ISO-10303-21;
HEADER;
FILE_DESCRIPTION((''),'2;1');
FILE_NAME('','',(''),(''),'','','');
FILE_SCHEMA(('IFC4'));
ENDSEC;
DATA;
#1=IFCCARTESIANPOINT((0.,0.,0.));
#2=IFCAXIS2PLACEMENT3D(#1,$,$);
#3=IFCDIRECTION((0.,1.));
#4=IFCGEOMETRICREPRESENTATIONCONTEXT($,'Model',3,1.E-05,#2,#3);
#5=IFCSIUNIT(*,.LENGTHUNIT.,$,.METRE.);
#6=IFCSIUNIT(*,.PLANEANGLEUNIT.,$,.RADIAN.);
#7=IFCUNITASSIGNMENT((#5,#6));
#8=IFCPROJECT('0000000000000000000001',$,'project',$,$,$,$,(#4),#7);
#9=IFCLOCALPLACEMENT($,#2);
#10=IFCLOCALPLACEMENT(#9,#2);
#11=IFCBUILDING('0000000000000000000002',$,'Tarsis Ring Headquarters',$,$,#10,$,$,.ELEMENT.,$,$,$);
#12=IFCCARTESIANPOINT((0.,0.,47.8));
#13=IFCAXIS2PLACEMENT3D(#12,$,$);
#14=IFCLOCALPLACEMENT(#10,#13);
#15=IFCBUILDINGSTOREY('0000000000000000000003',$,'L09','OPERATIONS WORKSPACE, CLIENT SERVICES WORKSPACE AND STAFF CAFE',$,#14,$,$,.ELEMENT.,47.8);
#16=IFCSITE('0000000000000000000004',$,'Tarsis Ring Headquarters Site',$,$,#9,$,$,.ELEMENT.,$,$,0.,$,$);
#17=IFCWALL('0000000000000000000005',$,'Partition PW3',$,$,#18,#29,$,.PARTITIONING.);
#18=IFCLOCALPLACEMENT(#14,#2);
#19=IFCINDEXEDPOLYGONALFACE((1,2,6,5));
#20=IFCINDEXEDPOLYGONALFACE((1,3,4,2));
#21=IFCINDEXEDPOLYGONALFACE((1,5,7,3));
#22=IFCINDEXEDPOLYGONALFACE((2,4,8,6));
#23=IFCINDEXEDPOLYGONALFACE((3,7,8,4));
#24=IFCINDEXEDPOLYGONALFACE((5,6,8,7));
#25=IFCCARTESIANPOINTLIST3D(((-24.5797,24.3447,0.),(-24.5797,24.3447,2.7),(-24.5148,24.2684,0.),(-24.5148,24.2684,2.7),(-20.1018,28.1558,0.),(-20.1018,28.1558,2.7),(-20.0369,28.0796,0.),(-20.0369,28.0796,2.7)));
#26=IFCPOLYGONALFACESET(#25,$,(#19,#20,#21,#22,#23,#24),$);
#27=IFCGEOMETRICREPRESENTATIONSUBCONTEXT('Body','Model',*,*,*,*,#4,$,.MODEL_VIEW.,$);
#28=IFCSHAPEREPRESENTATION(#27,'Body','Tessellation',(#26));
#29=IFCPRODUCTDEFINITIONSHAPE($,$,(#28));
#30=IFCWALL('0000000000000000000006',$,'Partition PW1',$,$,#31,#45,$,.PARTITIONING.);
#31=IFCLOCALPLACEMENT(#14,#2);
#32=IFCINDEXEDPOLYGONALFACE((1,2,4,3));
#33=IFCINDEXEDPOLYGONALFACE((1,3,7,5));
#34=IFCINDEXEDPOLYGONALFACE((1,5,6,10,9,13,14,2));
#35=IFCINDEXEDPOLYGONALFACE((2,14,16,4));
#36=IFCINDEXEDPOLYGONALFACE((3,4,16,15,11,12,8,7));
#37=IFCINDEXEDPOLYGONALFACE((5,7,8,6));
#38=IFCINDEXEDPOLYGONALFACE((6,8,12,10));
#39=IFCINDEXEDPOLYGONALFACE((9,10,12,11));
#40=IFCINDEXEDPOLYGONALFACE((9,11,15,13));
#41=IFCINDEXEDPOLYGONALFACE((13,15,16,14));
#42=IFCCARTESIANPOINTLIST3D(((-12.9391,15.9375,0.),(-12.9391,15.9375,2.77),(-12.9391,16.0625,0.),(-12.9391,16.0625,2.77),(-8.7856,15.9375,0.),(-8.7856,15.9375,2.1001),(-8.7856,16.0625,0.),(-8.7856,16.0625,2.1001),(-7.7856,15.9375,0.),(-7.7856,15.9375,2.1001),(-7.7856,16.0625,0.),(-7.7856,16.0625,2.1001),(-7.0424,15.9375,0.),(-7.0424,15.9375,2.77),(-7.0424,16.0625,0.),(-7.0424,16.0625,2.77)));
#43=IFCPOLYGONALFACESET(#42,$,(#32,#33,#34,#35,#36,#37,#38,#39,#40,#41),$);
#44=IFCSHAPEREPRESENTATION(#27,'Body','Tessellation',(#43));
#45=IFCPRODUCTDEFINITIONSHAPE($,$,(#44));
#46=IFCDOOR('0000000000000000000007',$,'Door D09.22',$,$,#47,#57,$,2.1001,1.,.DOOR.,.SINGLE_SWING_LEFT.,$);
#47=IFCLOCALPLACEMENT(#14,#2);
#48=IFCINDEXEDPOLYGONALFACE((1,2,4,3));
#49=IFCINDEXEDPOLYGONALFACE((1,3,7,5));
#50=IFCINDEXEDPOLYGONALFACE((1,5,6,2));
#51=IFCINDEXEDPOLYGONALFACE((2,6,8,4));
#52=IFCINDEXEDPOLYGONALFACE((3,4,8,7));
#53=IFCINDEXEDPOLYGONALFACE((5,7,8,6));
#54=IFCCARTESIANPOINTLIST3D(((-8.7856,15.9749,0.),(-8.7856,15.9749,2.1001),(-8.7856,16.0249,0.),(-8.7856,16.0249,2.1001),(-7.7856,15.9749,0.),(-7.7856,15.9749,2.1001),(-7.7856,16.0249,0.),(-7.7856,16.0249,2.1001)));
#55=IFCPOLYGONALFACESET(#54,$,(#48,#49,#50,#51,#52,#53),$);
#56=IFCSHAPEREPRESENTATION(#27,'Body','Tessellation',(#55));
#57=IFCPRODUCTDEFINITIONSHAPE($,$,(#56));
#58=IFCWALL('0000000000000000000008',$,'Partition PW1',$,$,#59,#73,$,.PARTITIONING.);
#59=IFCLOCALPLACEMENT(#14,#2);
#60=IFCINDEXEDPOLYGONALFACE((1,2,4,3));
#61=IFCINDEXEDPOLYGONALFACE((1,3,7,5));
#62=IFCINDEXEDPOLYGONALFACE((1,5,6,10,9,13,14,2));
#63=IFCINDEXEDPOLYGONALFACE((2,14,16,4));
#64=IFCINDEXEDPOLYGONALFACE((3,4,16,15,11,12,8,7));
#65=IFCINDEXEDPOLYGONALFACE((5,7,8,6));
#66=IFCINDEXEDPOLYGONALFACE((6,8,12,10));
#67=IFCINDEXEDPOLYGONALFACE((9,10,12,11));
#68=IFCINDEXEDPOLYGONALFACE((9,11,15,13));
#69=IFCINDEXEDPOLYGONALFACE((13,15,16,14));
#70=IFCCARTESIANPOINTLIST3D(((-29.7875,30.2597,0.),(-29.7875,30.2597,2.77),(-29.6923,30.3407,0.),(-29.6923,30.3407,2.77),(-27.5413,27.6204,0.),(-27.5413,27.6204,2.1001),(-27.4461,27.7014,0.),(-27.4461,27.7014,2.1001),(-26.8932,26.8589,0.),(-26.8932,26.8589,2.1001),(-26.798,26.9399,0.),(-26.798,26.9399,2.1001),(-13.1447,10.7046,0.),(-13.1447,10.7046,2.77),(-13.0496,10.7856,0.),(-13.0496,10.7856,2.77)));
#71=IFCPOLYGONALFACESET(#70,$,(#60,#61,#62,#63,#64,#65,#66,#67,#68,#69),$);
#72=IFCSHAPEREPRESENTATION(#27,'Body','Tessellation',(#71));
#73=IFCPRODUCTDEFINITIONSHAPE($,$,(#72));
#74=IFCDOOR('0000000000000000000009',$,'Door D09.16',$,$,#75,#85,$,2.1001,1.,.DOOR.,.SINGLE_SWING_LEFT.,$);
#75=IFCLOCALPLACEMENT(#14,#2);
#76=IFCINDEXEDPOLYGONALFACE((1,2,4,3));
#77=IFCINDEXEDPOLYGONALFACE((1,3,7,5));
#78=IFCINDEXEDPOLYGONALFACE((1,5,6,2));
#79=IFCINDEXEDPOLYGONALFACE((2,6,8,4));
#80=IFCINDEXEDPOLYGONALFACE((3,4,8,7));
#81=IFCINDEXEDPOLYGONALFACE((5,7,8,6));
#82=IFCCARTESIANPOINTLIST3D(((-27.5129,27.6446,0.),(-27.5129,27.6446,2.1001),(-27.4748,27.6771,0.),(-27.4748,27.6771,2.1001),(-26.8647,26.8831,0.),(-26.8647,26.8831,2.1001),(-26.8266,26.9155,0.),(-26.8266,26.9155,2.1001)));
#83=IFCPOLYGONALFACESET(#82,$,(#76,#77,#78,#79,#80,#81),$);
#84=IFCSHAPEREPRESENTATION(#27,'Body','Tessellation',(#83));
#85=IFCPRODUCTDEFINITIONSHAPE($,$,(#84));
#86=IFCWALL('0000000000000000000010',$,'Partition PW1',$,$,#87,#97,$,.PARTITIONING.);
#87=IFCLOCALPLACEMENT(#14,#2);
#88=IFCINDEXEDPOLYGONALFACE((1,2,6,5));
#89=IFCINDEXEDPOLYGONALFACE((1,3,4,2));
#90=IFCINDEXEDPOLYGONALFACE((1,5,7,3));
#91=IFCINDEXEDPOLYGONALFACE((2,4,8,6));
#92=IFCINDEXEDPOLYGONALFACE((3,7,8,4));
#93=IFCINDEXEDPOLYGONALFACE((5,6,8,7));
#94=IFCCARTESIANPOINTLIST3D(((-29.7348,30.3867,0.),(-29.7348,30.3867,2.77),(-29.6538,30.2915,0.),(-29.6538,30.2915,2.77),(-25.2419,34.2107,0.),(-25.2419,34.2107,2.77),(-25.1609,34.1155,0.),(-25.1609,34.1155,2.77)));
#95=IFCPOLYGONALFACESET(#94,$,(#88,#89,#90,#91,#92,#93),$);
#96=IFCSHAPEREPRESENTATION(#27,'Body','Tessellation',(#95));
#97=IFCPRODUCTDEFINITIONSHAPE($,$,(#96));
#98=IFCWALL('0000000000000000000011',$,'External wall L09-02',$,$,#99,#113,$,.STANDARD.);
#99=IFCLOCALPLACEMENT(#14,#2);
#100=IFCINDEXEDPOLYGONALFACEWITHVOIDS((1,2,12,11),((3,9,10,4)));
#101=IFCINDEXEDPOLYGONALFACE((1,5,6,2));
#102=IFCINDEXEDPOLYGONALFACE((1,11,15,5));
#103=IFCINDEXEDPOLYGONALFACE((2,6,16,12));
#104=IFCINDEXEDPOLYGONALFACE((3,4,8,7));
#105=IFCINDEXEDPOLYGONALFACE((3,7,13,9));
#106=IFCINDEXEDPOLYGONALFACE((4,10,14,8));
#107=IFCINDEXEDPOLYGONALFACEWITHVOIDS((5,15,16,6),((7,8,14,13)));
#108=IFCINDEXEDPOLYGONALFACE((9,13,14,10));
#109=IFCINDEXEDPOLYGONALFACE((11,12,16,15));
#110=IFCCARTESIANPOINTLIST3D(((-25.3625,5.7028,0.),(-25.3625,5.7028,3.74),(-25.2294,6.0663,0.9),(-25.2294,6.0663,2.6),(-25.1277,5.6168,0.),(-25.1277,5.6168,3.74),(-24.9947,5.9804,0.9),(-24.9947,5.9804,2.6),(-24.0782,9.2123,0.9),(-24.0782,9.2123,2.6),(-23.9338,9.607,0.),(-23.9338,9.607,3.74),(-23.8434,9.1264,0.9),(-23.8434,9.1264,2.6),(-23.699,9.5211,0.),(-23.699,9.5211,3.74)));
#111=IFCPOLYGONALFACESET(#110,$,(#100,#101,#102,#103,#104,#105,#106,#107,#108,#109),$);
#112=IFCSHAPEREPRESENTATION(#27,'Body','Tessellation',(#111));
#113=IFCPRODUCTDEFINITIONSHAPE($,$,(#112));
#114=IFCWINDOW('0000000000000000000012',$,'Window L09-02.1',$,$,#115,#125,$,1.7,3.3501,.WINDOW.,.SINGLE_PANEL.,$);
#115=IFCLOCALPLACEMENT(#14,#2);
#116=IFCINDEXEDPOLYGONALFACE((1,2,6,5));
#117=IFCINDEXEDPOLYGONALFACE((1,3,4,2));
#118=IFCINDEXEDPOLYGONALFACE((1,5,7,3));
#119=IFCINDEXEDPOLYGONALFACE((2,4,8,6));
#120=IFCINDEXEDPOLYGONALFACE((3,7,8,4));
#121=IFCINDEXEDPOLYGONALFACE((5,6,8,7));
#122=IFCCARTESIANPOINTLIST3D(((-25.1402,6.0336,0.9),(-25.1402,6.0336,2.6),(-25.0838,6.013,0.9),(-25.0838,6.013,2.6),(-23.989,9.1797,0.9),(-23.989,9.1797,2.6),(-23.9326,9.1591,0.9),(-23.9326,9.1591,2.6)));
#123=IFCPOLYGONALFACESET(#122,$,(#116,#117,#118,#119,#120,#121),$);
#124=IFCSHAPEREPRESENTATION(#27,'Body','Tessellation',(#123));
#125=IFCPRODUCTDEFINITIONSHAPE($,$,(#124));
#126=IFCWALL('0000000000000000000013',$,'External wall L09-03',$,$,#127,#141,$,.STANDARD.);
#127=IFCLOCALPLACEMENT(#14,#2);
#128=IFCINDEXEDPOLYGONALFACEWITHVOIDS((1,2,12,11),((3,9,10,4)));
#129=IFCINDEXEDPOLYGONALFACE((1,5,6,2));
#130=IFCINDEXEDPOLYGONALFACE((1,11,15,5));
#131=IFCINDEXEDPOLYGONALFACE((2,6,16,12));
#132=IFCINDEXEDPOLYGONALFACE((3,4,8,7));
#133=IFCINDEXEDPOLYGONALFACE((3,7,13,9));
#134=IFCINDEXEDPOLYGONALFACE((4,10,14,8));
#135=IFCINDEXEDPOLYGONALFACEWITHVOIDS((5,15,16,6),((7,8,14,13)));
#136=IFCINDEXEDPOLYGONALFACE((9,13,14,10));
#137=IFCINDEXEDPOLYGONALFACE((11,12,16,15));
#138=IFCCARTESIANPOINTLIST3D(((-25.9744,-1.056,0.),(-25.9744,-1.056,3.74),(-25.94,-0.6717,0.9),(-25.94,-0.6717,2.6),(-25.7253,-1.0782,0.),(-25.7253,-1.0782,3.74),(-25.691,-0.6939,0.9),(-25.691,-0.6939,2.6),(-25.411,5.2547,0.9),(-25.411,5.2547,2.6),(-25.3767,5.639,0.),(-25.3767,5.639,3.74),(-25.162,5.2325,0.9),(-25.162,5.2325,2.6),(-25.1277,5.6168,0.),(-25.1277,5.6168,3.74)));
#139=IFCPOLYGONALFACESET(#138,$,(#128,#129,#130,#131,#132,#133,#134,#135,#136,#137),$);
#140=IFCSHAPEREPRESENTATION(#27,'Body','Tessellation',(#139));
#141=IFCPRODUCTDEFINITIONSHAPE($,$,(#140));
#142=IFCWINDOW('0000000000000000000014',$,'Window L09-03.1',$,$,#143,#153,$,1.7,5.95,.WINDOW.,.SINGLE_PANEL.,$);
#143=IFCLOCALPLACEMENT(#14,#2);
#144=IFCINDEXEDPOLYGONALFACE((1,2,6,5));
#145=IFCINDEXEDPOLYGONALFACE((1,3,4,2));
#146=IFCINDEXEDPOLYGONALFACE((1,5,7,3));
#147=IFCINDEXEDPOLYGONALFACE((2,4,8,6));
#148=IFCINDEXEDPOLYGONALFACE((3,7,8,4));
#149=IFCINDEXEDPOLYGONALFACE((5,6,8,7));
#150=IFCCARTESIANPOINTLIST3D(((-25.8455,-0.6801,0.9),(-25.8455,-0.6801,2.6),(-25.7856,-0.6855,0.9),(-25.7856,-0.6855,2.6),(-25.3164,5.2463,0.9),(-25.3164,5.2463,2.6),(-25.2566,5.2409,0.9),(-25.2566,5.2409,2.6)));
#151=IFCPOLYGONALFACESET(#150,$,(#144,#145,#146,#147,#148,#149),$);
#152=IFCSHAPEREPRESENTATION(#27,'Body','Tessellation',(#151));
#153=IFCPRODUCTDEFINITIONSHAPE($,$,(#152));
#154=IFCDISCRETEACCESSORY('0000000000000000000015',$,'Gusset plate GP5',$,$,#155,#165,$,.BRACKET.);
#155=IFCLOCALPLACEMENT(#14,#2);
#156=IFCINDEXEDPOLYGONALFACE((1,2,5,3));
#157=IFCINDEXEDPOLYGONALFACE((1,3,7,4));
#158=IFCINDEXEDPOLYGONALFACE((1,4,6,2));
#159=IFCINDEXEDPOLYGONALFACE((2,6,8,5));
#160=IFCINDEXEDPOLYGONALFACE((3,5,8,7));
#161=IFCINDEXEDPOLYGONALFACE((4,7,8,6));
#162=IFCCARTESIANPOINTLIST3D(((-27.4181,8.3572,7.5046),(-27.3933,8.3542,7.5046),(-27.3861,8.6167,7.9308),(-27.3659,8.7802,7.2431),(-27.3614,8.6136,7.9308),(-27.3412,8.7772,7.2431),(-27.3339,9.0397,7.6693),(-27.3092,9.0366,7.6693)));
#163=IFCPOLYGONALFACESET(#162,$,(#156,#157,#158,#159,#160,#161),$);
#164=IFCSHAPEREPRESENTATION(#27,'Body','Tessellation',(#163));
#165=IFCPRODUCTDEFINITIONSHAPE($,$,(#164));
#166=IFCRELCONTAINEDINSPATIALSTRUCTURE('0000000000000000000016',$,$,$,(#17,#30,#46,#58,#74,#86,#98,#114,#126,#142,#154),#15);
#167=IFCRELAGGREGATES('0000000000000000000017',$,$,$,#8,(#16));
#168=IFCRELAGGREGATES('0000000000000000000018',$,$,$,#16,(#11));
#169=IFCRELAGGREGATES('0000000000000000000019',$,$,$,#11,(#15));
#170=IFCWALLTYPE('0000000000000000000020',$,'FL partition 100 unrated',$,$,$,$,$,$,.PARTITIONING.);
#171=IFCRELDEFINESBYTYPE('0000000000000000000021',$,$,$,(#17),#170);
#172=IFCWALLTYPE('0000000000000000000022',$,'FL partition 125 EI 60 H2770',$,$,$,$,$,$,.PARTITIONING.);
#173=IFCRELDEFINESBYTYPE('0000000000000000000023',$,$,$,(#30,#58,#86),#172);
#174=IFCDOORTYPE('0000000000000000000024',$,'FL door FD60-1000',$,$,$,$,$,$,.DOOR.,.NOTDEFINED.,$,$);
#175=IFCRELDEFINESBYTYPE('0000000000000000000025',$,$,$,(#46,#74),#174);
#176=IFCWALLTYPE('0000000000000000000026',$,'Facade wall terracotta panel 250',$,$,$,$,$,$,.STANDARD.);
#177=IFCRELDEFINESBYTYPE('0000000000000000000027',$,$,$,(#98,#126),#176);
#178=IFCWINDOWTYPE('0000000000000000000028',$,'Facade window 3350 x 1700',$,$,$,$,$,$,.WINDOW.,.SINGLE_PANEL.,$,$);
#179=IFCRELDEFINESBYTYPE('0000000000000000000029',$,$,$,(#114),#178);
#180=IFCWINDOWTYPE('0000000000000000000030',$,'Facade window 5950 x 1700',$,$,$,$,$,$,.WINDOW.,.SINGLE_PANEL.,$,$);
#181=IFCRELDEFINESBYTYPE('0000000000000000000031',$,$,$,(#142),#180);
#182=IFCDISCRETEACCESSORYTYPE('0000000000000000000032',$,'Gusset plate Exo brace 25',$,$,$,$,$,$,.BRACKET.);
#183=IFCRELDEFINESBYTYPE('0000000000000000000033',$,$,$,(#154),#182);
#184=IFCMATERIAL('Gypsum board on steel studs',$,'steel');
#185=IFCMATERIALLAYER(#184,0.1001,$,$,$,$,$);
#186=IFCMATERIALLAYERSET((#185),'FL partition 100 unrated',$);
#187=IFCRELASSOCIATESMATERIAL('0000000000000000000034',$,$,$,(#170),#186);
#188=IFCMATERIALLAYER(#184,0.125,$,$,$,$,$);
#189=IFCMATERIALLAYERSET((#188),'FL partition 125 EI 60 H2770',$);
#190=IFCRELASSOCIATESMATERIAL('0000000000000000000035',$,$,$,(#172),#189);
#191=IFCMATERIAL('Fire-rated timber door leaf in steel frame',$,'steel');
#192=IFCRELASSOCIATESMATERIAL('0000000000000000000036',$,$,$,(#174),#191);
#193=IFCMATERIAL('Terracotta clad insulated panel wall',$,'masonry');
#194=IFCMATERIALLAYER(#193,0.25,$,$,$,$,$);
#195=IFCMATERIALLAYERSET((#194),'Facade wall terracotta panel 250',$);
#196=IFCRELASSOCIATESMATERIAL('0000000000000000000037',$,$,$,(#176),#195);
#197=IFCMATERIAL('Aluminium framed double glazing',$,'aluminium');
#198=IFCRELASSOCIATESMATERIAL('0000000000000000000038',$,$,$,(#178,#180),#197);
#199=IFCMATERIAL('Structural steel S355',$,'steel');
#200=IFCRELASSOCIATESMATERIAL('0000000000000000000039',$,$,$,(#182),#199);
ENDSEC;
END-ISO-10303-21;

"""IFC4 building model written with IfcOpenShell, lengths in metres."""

from ifc_helpers import new_model, si_unit, direction, frame, frame_2d, origin, origin_2d, place, context, subcontext, project, spatial, rectangle, extrude, material, layer, layer_set, material_profile, profile_set, type_object, element, fill, save


model = new_model("IFC4")

# Units and contexts
model_context = context("Model", 3, precision=1e-05, world=origin(), true_north=direction((0.0, 1.0)))
body_context = subcontext(model_context, "Body", "Model", "MODEL_VIEW")
ifc_project = project(units=[si_unit("LENGTHUNIT", "METRE"), si_unit("PLANEANGLEUNIT", "RADIAN")], contexts=[model_context])

# Site, building, storey
site_placement = place(None, origin())
site = spatial("IfcSite", under=ifc_project, at=site_placement, Name="Tarsis Ring Headquarters Site", CompositionType="ELEMENT", RefElevation=0.0)
building_placement = place(site_placement, origin())
building = spatial("IfcBuilding", under=site, at=building_placement, Name="Tarsis Ring Headquarters", CompositionType="ELEMENT")
storey_placement = place(building_placement, frame((0.0, 0.0, 47.8)))
storey = spatial("IfcBuildingStorey", under=building, at=storey_placement, Name="L09", Description="OPERATIONS WORKSPACE, CLIENT SERVICES WORKSPACE AND STAFF CAFE", CompositionType="ELEMENT", Elevation=47.8)

# Shared definitions
ifc_material_1 = material(Name="Structural steel S355", Category="steel")

# Wall
ifc_material_2 = material(Name="Gypsum board on steel studs", Category="steel")
ifc_layer_1 = layer(ifc_material_2, 0.1001)
ifc_layer_set_1 = layer_set([ifc_layer_1], Name="FL partition 100 unrated")
wall_type_1 = type_object("IfcWallType", Name="FL partition 100 unrated", PredefinedType="PARTITIONING", material=ifc_layer_set_1)
wall_1_placement = place(storey_placement, frame((-24.5471, 24.3066, 0.0), z_axis=(0.0, 0.0, 1.0), x_axis=(0.761526, 0.648134, 0.0)))
element("IfcWall", 1, at=wall_1_placement, inside=storey, type_object=wall_type_1, Name="Partition PW3", PredefinedType="PARTITIONING", context=body_context, shape_type="SweptSolid", body=[
    extrude(rectangle(XDim=5.8801, YDim=0.1001, at=frame_2d((2.9399, 0.0))), origin(), (0.0, 0.0, 1.0), 2.7),
])

# Walls, openings, doors
ifc_layer_2 = layer(ifc_material_2, 0.125)
ifc_layer_set_2 = layer_set([ifc_layer_2], Name="FL partition 125 EI 60 H2770")
wall_type_2 = type_object("IfcWallType", Name="FL partition 125 EI 60 H2770", PredefinedType="PARTITIONING", material=ifc_layer_set_2)
wall_2_placement = place(storey_placement, frame((-12.939, 16.0, 0.0), z_axis=(0.0, 0.0, 1.0), x_axis=(1.0, 0.0, 0.0)))
wall_2 = element("IfcWall", 2, at=wall_2_placement, inside=storey, type_object=wall_type_2, Name="Partition PW1", PredefinedType="PARTITIONING", context=body_context, shape_type="SweptSolid", body=[
    extrude(rectangle(XDim=5.8967, YDim=0.125, at=frame_2d((2.9482, 0.0))), origin(), (0.0, 0.0, 1.0), 2.77),
])
opening_1_placement = place(wall_2_placement, frame((4.1533, 0.0, 0.0)))
opening_1 = element("IfcOpeningElement", 3, at=opening_1_placement, cuts=wall_2, PredefinedType="OPENING", context=body_context, shape_type="SweptSolid", body=[
    extrude(rectangle(XDim=1.0, YDim=2.1001, at=frame_2d((0.5, 1.05))), frame((0.0, 0.0725, 0.0), z_axis=(0.0, -1.0, 0.0), x_axis=(1.0, 0.0, 0.0)), (0.0, 0.0, 1.0), 0.145),
])
ifc_material_3 = material(Name="Fire-rated timber door leaf in steel frame", Category="steel")
door_type = type_object("IfcDoorType", Name="FL door FD60-1000", OperationType="NOTDEFINED", PredefinedType="DOOR", material=ifc_material_3)
door_1_placement = place(opening_1_placement, origin())
door_1 = element("IfcDoor", 4, at=door_1_placement, inside=storey, type_object=door_type, Name="Door D09.22", OperationType="SINGLE_SWING_LEFT", OverallHeight=2.1001, OverallWidth=1.0, PredefinedType="DOOR", context=body_context, shape_type="SweptSolid", body=[
    extrude(rectangle(XDim=1.0, YDim=2.1001, at=frame_2d((0.5, 1.05))), frame((0.0, 0.0249, 0.0), z_axis=(0.0, -1.0, 0.0), x_axis=(1.0, 0.0, 0.0)), (0.0, 0.0, 1.0), 0.05),
])
fill(opening_1, door_1)
wall_3_placement = place(storey_placement, frame((-29.74, 30.3003, 0.0), z_axis=(0.0, 0.0, 1.0), x_axis=(0.648121, -0.761537, 0.0)))
wall_3 = element("IfcWall", 5, at=wall_3_placement, inside=storey, type_object=wall_type_2, Name="Partition PW1", PredefinedType="PARTITIONING", context=body_context, shape_type="SweptSolid", body=[
    extrude(rectangle(XDim=25.6785, YDim=0.125, at=frame_2d((12.8394, 0.0))), origin(), (0.0, 0.0, 1.0), 2.77),
])
opening_2_placement = place(wall_3_placement, frame((3.4658, 0.0, 0.0)))
opening_2 = element("IfcOpeningElement", 6, at=opening_2_placement, cuts=wall_3, PredefinedType="OPENING", context=body_context, shape_type="SweptSolid", body=[
    extrude(rectangle(XDim=1.0, YDim=2.1001, at=frame_2d((0.5, 1.05))), frame((0.0, 0.0725, 0.0), z_axis=(0.0, -1.0, 0.0), x_axis=(1.0, 0.0, 0.0)), (0.0, 0.0, 1.0), 0.145),
])
door_2_placement = place(opening_2_placement, origin())
door_2 = element("IfcDoor", 7, at=door_2_placement, inside=storey, type_object=door_type, Name="Door D09.16", OperationType="SINGLE_SWING_LEFT", OverallHeight=2.1001, OverallWidth=1.0, PredefinedType="DOOR", context=body_context, shape_type="SweptSolid", body=[
    extrude(rectangle(XDim=1.0, YDim=2.1001, at=frame_2d((0.5, 1.05))), frame((0.0, 0.0249, 0.0), z_axis=(0.0, -1.0, 0.0), x_axis=(1.0, 0.0, 0.0)), (0.0, 0.0, 1.0), 0.05),
])
fill(opening_2, door_2)

# Wall
wall_4_placement = place(storey_placement, frame((-29.6943, 30.3391, 0.0), z_axis=(0.0, 0.0, 1.0), x_axis=(0.761522, 0.64814, 0.0)))
element("IfcWall", 8, at=wall_4_placement, inside=storey, type_object=wall_type_2, Name="Partition PW1", PredefinedType="PARTITIONING", context=body_context, shape_type="SweptSolid", body=[
    extrude(rectangle(XDim=5.8999, YDim=0.125, at=frame_2d((2.95, 0.0))), origin(), (0.0, 0.0, 1.0), 2.77),
])

# Walls, openings, windows
ifc_material_4 = material(Name="Terracotta clad insulated panel wall", Category="masonry")
ifc_layer_3 = layer(ifc_material_4, 0.25)
ifc_layer_set_3 = layer_set([ifc_layer_3], Name="Facade wall terracotta panel 250")
wall_type_3 = type_object("IfcWallType", Name="Facade wall terracotta panel 250", PredefinedType="STANDARD", material=ifc_layer_set_3)
wall_5_placement = place(storey_placement, frame((-23.8164, 9.564, 0.0), z_axis=(0.0, 0.0, 1.0), x_axis=(-0.343647, -0.939099, 0.0)))
wall_5 = element("IfcWall", 9, at=wall_5_placement, inside=storey, type_object=wall_type_3, Name="External wall L09-02", PredefinedType="STANDARD", context=body_context, shape_type="SweptSolid", body=[
    extrude(rectangle(XDim=4.1575, YDim=0.25, at=frame_2d((2.0786, 0.0))), origin(), (0.0, 0.0, 1.0), 3.74),
])
opening_3_placement = place(wall_5_placement, frame((0.4202, 0.0, 0.8999)))
opening_3 = element("IfcOpeningElement", 10, at=opening_3_placement, cuts=wall_5, PredefinedType="OPENING", context=body_context, shape_type="SweptSolid", body=[
    extrude(rectangle(XDim=3.3501, YDim=1.7, at=frame_2d((1.675, 0.8501))), frame((0.0, 0.135, 0.0), z_axis=(0.0, -1.0, 0.0), x_axis=(1.0, 0.0, 0.0)), (0.0, 0.0, 1.0), 0.27),
])
ifc_material_5 = material(Name="Aluminium framed double glazing", Category="aluminium")
window_type_1 = type_object("IfcWindowType", Name="Facade window 3350 x 1700", PartitioningType="SINGLE_PANEL", PredefinedType="WINDOW", material=ifc_material_5)
window_1_placement = place(opening_3_placement, origin())
window_1 = element("IfcWindow", 11, at=window_1_placement, inside=storey, type_object=window_type_1, Name="Window L09-02.1", OverallHeight=1.7, OverallWidth=3.3501, PartitioningType="SINGLE_PANEL", PredefinedType="WINDOW", context=body_context, shape_type="SweptSolid", body=[
    extrude(rectangle(XDim=3.3501, YDim=1.7, at=frame_2d((1.675, 0.8501))), frame((0.0, 0.03, 0.0), z_axis=(0.0, -1.0, 0.0), x_axis=(1.0, 0.0, 0.0)), (0.0, 0.0, 1.0), 0.0601),
])
fill(opening_3, window_1)
wall_6_placement = place(storey_placement, frame((-25.2522, 5.6279, 0.0), z_axis=(0.0, 0.0, 1.0), x_axis=(-0.088915, -0.996039, 0.0)))
wall_6 = element("IfcWall", 12, at=wall_6_placement, inside=storey, type_object=wall_type_3, Name="External wall L09-03", PredefinedType="STANDARD", context=body_context, shape_type="SweptSolid", body=[
    extrude(rectangle(XDim=6.7217, YDim=0.25, at=frame_2d((3.3608, 0.0))), origin(), (0.0, 0.0, 1.0), 3.74),
])
opening_4_placement = place(wall_6_placement, frame((0.3857, 0.0, 0.8999)))
opening_4 = element("IfcOpeningElement", 13, at=opening_4_placement, cuts=wall_6, PredefinedType="OPENING", context=body_context, shape_type="SweptSolid", body=[
    extrude(rectangle(XDim=5.95, YDim=1.7, at=frame_2d((2.9751, 0.8501))), frame((0.0, 0.135, 0.0), z_axis=(0.0, -1.0, 0.0), x_axis=(1.0, 0.0, 0.0)), (0.0, 0.0, 1.0), 0.27),
])
window_type_2 = type_object("IfcWindowType", Name="Facade window 5950 x 1700", PartitioningType="SINGLE_PANEL", PredefinedType="WINDOW", material=ifc_material_5)
window_2_placement = place(opening_4_placement, origin())
window_2 = element("IfcWindow", 14, at=window_2_placement, inside=storey, type_object=window_type_2, Name="Window L09-03.1", OverallHeight=1.7, OverallWidth=5.95, PartitioningType="SINGLE_PANEL", PredefinedType="WINDOW", context=body_context, shape_type="SweptSolid", body=[
    extrude(rectangle(XDim=5.95, YDim=1.7, at=frame_2d((2.9751, 0.8501))), frame((0.0, 0.03, 0.0), z_axis=(0.0, -1.0, 0.0), x_axis=(1.0, 0.0, 0.0)), (0.0, 0.0, 1.0), 0.0601),
])
fill(opening_4, window_2)

# Discrete accessory
ifc_material_profile_1 = material_profile(ifc_material_1, rectangle(XDim=0.0249, YDim=0.5, at=origin_2d()), Name="PL 25x500")
ifc_profile_set_1 = profile_set([ifc_material_profile_1], Name="Structural steel S355")
discrete_accessory_type = type_object("IfcDiscreteAccessoryType", Name="Gusset plate Exo brace 25", PredefinedType="BRACKET", material=ifc_profile_set_1)
discrete_accessory_placement = place(storey_placement, frame((-27.3477, 8.8267, 7.8), z_axis=(-0.063955, -0.51896, -0.852403), x_axis=(0.992492, -0.122311, 0.0)))
element("IfcDiscreteAccessory", 15, at=discrete_accessory_placement, inside=storey, type_object=discrete_accessory_type, Name="Gusset plate GP5", PredefinedType="BRACKET", context=body_context, shape_type="SweptSolid", body=[
    extrude(rectangle(XDim=0.0249, YDim=0.5, at=origin_2d()), origin(), (0.0, 0.0, 1.0), 0.5),
])

save(model, "model.ifc")
